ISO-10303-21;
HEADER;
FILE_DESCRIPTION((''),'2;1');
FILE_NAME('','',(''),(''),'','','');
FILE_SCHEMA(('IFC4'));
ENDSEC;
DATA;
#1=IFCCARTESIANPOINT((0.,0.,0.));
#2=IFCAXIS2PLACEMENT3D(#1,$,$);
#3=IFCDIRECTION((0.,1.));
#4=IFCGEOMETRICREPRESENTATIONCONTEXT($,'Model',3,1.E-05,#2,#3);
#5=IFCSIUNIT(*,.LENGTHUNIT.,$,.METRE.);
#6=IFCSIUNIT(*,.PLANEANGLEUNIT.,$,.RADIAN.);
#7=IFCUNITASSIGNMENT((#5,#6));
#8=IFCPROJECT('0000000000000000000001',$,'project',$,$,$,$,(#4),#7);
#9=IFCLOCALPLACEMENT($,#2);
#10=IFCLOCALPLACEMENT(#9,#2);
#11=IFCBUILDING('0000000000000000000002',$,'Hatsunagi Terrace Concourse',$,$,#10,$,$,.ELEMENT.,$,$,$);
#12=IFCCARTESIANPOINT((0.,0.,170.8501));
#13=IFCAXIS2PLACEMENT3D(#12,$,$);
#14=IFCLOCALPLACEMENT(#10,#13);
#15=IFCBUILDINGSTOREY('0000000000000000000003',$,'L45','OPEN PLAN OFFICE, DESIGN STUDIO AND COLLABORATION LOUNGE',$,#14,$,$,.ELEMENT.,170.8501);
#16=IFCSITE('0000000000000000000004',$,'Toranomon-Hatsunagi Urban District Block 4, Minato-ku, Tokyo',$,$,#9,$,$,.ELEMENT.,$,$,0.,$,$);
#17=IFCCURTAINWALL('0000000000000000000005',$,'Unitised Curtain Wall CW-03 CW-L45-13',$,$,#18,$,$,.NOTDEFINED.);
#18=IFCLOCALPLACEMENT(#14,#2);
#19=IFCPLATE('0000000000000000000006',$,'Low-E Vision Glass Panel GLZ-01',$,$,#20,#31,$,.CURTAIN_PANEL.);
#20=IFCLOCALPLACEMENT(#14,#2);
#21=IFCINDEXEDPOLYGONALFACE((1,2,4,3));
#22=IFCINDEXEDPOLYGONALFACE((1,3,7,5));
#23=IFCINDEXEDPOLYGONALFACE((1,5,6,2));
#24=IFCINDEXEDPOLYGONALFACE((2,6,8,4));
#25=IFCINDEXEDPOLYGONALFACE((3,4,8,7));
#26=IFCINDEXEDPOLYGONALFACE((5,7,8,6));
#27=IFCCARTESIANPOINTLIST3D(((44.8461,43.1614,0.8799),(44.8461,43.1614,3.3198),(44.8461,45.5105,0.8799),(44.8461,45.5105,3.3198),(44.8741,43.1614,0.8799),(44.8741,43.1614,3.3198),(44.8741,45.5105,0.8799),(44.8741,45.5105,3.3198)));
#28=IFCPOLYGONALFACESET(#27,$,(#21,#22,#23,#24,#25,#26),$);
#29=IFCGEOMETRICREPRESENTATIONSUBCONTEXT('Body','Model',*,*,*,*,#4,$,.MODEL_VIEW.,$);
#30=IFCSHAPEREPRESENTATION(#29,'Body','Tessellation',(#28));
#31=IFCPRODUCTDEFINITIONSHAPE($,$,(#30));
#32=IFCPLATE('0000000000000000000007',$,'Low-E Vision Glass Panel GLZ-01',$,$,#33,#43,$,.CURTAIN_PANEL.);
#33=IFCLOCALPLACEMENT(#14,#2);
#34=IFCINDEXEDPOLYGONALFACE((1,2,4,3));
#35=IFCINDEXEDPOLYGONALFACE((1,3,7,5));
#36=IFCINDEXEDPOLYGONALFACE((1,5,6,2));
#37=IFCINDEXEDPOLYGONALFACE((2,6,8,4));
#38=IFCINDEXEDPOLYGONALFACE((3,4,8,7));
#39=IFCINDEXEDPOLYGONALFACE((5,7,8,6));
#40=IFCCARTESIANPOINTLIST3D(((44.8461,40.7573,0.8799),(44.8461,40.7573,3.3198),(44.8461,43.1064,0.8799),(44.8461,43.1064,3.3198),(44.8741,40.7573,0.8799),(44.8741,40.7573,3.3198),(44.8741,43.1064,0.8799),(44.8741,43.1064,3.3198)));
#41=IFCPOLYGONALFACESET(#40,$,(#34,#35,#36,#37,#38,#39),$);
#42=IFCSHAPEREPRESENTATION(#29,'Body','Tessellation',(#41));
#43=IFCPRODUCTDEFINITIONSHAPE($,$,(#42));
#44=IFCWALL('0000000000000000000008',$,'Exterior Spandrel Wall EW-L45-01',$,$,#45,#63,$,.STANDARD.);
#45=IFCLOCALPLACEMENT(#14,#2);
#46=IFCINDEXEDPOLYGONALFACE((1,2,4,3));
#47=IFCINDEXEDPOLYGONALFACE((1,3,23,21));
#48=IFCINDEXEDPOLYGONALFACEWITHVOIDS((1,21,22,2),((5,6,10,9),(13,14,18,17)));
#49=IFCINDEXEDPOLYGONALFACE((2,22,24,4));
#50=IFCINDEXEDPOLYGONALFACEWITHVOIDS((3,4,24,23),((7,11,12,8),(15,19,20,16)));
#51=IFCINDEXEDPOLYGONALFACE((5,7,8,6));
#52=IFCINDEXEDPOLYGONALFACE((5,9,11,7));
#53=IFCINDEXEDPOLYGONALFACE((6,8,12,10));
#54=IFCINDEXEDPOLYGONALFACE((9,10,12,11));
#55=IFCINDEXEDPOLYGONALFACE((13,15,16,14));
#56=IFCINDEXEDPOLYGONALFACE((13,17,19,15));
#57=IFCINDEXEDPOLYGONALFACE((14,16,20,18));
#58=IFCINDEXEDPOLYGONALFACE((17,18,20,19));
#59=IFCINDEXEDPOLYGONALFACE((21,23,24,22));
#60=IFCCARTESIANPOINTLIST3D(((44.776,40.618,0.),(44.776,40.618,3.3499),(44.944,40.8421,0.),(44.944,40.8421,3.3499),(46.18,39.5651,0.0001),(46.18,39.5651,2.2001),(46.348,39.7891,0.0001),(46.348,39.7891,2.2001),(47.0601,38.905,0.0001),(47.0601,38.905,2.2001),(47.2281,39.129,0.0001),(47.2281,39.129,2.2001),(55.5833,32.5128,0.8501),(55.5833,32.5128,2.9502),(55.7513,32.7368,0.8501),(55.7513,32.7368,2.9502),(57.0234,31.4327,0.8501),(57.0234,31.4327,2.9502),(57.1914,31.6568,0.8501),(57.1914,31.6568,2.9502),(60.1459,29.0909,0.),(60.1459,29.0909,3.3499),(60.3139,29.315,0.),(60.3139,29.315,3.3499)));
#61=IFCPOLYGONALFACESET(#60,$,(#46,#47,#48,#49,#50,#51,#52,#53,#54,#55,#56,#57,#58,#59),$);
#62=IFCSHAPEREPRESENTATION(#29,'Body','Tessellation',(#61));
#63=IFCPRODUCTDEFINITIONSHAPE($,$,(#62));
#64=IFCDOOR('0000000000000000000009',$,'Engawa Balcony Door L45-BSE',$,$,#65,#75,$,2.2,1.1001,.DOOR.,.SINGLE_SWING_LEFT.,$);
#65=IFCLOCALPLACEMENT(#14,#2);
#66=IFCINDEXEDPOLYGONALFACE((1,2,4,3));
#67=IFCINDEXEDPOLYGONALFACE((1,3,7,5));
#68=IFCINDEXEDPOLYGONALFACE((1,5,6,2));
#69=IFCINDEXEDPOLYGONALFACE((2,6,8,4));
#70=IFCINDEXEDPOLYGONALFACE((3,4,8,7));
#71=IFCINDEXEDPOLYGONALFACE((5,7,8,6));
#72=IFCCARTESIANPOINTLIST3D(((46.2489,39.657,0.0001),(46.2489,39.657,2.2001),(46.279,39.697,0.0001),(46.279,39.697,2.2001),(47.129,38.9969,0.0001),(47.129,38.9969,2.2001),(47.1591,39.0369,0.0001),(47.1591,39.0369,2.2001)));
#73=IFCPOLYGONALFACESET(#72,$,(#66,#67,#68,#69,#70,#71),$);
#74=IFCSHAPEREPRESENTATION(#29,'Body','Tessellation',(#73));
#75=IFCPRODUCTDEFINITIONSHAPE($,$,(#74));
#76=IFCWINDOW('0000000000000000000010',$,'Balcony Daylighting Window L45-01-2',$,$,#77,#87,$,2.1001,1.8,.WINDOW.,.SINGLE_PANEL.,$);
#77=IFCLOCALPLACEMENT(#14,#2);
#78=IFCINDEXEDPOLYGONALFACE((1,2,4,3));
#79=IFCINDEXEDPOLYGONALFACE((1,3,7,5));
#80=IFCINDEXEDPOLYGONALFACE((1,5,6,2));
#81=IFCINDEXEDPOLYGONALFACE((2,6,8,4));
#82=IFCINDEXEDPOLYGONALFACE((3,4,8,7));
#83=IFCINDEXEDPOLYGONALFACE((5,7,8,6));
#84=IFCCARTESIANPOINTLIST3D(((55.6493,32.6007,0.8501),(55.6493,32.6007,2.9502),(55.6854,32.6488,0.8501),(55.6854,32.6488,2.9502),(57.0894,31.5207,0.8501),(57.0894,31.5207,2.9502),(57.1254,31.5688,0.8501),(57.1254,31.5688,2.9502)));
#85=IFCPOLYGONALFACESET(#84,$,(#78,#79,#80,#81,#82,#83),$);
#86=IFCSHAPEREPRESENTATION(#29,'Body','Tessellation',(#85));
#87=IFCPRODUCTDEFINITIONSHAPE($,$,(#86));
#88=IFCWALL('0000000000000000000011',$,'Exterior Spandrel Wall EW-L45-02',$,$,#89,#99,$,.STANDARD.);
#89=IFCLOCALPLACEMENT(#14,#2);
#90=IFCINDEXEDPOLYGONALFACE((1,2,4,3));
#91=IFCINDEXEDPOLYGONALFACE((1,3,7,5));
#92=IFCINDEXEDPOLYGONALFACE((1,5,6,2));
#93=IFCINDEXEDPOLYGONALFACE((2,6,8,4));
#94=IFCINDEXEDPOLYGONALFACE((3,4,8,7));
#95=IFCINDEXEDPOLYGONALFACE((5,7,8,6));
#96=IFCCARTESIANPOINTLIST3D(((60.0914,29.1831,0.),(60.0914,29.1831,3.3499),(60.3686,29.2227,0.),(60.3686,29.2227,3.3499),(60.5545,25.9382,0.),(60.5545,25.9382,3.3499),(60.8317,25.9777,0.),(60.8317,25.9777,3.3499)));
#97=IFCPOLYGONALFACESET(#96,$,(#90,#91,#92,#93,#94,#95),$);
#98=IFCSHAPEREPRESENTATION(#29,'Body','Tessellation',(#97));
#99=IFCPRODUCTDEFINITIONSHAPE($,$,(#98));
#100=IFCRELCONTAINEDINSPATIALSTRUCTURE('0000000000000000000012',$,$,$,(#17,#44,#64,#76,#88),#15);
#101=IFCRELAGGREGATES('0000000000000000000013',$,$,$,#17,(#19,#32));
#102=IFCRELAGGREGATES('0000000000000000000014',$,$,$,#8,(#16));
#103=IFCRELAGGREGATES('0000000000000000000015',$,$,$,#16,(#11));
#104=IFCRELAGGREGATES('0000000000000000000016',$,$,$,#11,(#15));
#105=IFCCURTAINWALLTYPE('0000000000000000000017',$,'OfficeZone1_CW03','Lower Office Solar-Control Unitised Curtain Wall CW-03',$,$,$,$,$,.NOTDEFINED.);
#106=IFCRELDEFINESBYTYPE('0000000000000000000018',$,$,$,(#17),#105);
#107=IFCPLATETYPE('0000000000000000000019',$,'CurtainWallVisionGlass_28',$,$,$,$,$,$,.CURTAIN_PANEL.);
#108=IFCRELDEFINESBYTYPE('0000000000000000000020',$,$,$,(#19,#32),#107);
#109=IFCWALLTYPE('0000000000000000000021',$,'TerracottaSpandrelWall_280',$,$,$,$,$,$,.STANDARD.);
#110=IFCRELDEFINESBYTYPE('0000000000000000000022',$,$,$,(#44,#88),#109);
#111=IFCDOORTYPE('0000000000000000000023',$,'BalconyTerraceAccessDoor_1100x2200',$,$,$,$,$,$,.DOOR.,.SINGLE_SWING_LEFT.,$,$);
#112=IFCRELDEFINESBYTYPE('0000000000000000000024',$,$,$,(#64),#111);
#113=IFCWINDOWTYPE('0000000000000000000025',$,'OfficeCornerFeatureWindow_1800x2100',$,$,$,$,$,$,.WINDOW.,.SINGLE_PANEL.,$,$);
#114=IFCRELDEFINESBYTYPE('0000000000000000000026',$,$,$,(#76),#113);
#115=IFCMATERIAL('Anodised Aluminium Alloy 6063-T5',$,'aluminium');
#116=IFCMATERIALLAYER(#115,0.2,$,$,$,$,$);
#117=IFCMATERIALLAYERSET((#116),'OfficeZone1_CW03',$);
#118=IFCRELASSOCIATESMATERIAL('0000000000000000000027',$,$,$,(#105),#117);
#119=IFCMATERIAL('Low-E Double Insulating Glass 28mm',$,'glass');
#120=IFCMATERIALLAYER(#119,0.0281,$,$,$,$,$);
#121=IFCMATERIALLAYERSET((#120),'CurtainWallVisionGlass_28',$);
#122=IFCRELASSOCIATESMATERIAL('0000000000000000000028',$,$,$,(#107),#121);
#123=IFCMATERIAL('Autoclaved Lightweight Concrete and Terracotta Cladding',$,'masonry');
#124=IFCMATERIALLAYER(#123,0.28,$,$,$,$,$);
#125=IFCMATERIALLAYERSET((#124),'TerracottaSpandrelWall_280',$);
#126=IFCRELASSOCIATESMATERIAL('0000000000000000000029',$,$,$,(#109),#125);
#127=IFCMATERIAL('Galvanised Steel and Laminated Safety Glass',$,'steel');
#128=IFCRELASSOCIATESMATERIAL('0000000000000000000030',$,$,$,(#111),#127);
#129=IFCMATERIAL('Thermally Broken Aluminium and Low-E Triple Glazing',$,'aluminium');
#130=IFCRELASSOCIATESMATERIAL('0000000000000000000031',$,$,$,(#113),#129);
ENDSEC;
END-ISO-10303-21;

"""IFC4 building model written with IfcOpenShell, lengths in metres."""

from ifc_helpers import new_model, si_unit, direction, frame, frame_2d, origin, origin_2d, place, context, subcontext, project, spatial, rectangle, extrude, material, layer, layer_set, type_object, element, fill, aggregate, save


model = new_model("IFC4")

# Units and contexts
model_context = context("Model", 3, precision=1e-05, world=origin(), true_north=direction((0.0, 1.0)))
body_context = subcontext(model_context, "Body", "Model", "MODEL_VIEW")
ifc_project = project(units=[si_unit("LENGTHUNIT", "METRE"), si_unit("PLANEANGLEUNIT", "RADIAN")], contexts=[model_context])

# Site, building, storey
site_placement = place(None, origin())
site = spatial("IfcSite", under=ifc_project, at=site_placement, Name="Toranomon-Hatsunagi Urban District Block 4, Minato-ku, Tokyo", CompositionType="ELEMENT", RefElevation=0.0)
building_placement = place(site_placement, origin())
building = spatial("IfcBuilding", under=site, at=building_placement, Name="Hatsunagi Terrace Concourse", CompositionType="ELEMENT")
storey_placement = place(building_placement, frame((0.0, 0.0, 170.8501)))
storey = spatial("IfcBuildingStorey", under=building, at=storey_placement, Name="L45", Description="OPEN PLAN OFFICE, DESIGN STUDIO AND COLLABORATION LOUNGE", CompositionType="ELEMENT", Elevation=170.8501)

# Curtain wall
ifc_material_1 = material(Name="Anodised Aluminium Alloy 6063-T5", Category="aluminium")
ifc_layer_1 = layer(ifc_material_1, 0.2)
ifc_layer_set_1 = layer_set([ifc_layer_1], Name="OfficeZone1_CW03")
curtain_wall_type = type_object("IfcCurtainWallType", Name="OfficeZone1_CW03", Description="Lower Office Solar-Control Unitised Curtain Wall CW-03", PredefinedType="NOTDEFINED", material=ifc_layer_set_1)
curtain_wall_placement = place(storey_placement, origin())
curtain_wall = element("IfcCurtainWall", 1, at=curtain_wall_placement, inside=storey, type_object=curtain_wall_type, Name="Unitised Curtain Wall CW-03 CW-L45-13", PredefinedType="NOTDEFINED")

# Plates
ifc_material_2 = material(Name="Low-E Double Insulating Glass 28mm", Category="glass")
ifc_layer_2 = layer(ifc_material_2, 0.0281)
ifc_layer_set_2 = layer_set([ifc_layer_2], Name="CurtainWallVisionGlass_28")
plate_type_1 = type_object("IfcPlateType", Name="CurtainWallVisionGlass_28", PredefinedType="CURTAIN_PANEL", material=ifc_layer_set_2)
plate_1_placement = place(storey_placement, frame((44.8601, 44.3359, 0.8799), z_axis=(0.0, 0.0, 1.0), x_axis=(0.0, -1.0, 0.0)))
plate_1 = element("IfcPlate", 2, at=plate_1_placement, type_object=plate_type_1, Name="Low-E Vision Glass Panel GLZ-01", PredefinedType="CURTAIN_PANEL", context=body_context, shape_type="SweptSolid", body=[
    extrude(rectangle(XDim=2.3491, YDim=0.0281, at=origin_2d()), origin(), (0.0, 0.0, 1.0), 2.4399),
])
plate_2_placement = place(storey_placement, frame((44.8601, 41.9319, 0.8799), z_axis=(0.0, 0.0, 1.0), x_axis=(0.0, -1.0, 0.0)))
plate_2 = element("IfcPlate", 3, at=plate_2_placement, type_object=plate_type_1, Name="Low-E Vision Glass Panel GLZ-01", PredefinedType="CURTAIN_PANEL", context=body_context, shape_type="SweptSolid", body=[
    extrude(rectangle(XDim=2.3491, YDim=0.0281, at=origin_2d()), origin(), (0.0, 0.0, 1.0), 2.4399),
])
aggregate(curtain_wall, [plate_1, plate_2])

# Wall, openings, door, window
ifc_material_3 = material(Name="Autoclaved Lightweight Concrete and Terracotta Cladding", Category="masonry")
ifc_layer_3 = layer(ifc_material_3, 0.28)
ifc_layer_set_3 = layer_set([ifc_layer_3], Name="TerracottaSpandrelWall_280")
wall_type = type_object("IfcWallType", Name="TerracottaSpandrelWall_280", PredefinedType="STANDARD", material=ifc_layer_set_3)
wall_1_placement = place(storey_placement, frame((44.8601, 40.73, 0.0), z_axis=(0.0, 0.0, 1.0), x_axis=(0.800008, -0.59999, 0.0)))
wall_1 = element("IfcWall", 4, at=wall_1_placement, inside=storey, type_object=wall_type, Name="Exterior Spandrel Wall EW-L45-01", PredefinedType="STANDARD", context=body_context, shape_type="SweptSolid", body=[
    extrude(rectangle(XDim=19.2122, YDim=0.28, at=frame_2d((9.606, 0.0))), origin(), (0.0, 0.0, 1.0), 3.3499),
])
opening_1_placement = place(wall_1_placement, frame((1.7549, 0.0, 0.0)))
opening_1 = element("IfcOpeningElement", 5, at=opening_1_placement, cuts=wall_1, PredefinedType="OPENING", context=body_context, shape_type="SweptSolid", body=[
    extrude(rectangle(XDim=1.1001, YDim=2.2, at=frame_2d((0.55, 1.1001))), frame((0.0, 0.1499, 0.0), z_axis=(0.0, -1.0, 0.0), x_axis=(1.0, 0.0, 0.0)), (0.0, 0.0, 1.0), 0.3),
])
opening_2_placement = place(wall_1_placement, frame((13.509, 0.0, 0.8501)))
opening_2 = element("IfcOpeningElement", 6, at=opening_2_placement, cuts=wall_1, PredefinedType="OPENING", context=body_context, shape_type="SweptSolid", body=[
    extrude(rectangle(XDim=1.8, YDim=2.1001, at=frame_2d((0.8999, 1.05))), frame((0.0, 0.1499, 0.0), z_axis=(0.0, -1.0, 0.0), x_axis=(1.0, 0.0, 0.0)), (0.0, 0.0, 1.0), 0.3),
])
ifc_material_4 = material(Name="Galvanised Steel and Laminated Safety Glass", Category="steel")
door_type = type_object("IfcDoorType", Name="BalconyTerraceAccessDoor_1100x2200", OperationType="SINGLE_SWING_LEFT", PredefinedType="DOOR", material=ifc_material_4)
door_placement = place(opening_1_placement, origin())
door = element("IfcDoor", 7, at=door_placement, inside=storey, type_object=door_type, Name="Engawa Balcony Door L45-BSE", OperationType="SINGLE_SWING_LEFT", OverallHeight=2.2, OverallWidth=1.1001, PredefinedType="DOOR", context=body_context, shape_type="SweptSolid", body=[
    extrude(rectangle(XDim=1.1001, YDim=2.2, at=frame_2d((0.55, 1.1001))), frame((0.0, 0.0249, 0.0), z_axis=(0.0, -1.0, 0.0), x_axis=(1.0, 0.0, 0.0)), (0.0, 0.0, 1.0), 0.05),
])
fill(opening_1, door)
ifc_material_5 = material(Name="Thermally Broken Aluminium and Low-E Triple Glazing", Category="aluminium")
window_type = type_object("IfcWindowType", Name="OfficeCornerFeatureWindow_1800x2100", PartitioningType="SINGLE_PANEL", PredefinedType="WINDOW", material=ifc_material_5)
window_placement = place(opening_2_placement, origin())
window = element("IfcWindow", 8, at=window_placement, inside=storey, type_object=window_type, Name="Balcony Daylighting Window L45-01-2", OverallHeight=2.1001, OverallWidth=1.8, PartitioningType="SINGLE_PANEL", PredefinedType="WINDOW", context=body_context, shape_type="SweptSolid", body=[
    extrude(rectangle(XDim=1.8, YDim=2.1001, at=frame_2d((0.8999, 1.05))), frame((0.0, 0.03, 0.0), z_axis=(0.0, -1.0, 0.0), x_axis=(1.0, 0.0, 0.0)), (0.0, 0.0, 1.0), 0.0601),
])
fill(opening_2, window)

# Wall
wall_2_placement = place(storey_placement, frame((60.23, 29.2029, 0.0), z_axis=(0.0, 0.0, 1.0), x_axis=(0.141296, -0.989967, 0.0)))
element("IfcWall", 9, at=wall_2_placement, inside=storey, type_object=wall_type, Name="Exterior Spandrel Wall EW-L45-02", PredefinedType="STANDARD", context=body_context, shape_type="SweptSolid", body=[
    extrude(rectangle(XDim=3.2778, YDim=0.28, at=frame_2d((1.6389, 0.0))), origin(), (0.0, 0.0, 1.0), 3.3499),
])

save(model, "model.ifc")
